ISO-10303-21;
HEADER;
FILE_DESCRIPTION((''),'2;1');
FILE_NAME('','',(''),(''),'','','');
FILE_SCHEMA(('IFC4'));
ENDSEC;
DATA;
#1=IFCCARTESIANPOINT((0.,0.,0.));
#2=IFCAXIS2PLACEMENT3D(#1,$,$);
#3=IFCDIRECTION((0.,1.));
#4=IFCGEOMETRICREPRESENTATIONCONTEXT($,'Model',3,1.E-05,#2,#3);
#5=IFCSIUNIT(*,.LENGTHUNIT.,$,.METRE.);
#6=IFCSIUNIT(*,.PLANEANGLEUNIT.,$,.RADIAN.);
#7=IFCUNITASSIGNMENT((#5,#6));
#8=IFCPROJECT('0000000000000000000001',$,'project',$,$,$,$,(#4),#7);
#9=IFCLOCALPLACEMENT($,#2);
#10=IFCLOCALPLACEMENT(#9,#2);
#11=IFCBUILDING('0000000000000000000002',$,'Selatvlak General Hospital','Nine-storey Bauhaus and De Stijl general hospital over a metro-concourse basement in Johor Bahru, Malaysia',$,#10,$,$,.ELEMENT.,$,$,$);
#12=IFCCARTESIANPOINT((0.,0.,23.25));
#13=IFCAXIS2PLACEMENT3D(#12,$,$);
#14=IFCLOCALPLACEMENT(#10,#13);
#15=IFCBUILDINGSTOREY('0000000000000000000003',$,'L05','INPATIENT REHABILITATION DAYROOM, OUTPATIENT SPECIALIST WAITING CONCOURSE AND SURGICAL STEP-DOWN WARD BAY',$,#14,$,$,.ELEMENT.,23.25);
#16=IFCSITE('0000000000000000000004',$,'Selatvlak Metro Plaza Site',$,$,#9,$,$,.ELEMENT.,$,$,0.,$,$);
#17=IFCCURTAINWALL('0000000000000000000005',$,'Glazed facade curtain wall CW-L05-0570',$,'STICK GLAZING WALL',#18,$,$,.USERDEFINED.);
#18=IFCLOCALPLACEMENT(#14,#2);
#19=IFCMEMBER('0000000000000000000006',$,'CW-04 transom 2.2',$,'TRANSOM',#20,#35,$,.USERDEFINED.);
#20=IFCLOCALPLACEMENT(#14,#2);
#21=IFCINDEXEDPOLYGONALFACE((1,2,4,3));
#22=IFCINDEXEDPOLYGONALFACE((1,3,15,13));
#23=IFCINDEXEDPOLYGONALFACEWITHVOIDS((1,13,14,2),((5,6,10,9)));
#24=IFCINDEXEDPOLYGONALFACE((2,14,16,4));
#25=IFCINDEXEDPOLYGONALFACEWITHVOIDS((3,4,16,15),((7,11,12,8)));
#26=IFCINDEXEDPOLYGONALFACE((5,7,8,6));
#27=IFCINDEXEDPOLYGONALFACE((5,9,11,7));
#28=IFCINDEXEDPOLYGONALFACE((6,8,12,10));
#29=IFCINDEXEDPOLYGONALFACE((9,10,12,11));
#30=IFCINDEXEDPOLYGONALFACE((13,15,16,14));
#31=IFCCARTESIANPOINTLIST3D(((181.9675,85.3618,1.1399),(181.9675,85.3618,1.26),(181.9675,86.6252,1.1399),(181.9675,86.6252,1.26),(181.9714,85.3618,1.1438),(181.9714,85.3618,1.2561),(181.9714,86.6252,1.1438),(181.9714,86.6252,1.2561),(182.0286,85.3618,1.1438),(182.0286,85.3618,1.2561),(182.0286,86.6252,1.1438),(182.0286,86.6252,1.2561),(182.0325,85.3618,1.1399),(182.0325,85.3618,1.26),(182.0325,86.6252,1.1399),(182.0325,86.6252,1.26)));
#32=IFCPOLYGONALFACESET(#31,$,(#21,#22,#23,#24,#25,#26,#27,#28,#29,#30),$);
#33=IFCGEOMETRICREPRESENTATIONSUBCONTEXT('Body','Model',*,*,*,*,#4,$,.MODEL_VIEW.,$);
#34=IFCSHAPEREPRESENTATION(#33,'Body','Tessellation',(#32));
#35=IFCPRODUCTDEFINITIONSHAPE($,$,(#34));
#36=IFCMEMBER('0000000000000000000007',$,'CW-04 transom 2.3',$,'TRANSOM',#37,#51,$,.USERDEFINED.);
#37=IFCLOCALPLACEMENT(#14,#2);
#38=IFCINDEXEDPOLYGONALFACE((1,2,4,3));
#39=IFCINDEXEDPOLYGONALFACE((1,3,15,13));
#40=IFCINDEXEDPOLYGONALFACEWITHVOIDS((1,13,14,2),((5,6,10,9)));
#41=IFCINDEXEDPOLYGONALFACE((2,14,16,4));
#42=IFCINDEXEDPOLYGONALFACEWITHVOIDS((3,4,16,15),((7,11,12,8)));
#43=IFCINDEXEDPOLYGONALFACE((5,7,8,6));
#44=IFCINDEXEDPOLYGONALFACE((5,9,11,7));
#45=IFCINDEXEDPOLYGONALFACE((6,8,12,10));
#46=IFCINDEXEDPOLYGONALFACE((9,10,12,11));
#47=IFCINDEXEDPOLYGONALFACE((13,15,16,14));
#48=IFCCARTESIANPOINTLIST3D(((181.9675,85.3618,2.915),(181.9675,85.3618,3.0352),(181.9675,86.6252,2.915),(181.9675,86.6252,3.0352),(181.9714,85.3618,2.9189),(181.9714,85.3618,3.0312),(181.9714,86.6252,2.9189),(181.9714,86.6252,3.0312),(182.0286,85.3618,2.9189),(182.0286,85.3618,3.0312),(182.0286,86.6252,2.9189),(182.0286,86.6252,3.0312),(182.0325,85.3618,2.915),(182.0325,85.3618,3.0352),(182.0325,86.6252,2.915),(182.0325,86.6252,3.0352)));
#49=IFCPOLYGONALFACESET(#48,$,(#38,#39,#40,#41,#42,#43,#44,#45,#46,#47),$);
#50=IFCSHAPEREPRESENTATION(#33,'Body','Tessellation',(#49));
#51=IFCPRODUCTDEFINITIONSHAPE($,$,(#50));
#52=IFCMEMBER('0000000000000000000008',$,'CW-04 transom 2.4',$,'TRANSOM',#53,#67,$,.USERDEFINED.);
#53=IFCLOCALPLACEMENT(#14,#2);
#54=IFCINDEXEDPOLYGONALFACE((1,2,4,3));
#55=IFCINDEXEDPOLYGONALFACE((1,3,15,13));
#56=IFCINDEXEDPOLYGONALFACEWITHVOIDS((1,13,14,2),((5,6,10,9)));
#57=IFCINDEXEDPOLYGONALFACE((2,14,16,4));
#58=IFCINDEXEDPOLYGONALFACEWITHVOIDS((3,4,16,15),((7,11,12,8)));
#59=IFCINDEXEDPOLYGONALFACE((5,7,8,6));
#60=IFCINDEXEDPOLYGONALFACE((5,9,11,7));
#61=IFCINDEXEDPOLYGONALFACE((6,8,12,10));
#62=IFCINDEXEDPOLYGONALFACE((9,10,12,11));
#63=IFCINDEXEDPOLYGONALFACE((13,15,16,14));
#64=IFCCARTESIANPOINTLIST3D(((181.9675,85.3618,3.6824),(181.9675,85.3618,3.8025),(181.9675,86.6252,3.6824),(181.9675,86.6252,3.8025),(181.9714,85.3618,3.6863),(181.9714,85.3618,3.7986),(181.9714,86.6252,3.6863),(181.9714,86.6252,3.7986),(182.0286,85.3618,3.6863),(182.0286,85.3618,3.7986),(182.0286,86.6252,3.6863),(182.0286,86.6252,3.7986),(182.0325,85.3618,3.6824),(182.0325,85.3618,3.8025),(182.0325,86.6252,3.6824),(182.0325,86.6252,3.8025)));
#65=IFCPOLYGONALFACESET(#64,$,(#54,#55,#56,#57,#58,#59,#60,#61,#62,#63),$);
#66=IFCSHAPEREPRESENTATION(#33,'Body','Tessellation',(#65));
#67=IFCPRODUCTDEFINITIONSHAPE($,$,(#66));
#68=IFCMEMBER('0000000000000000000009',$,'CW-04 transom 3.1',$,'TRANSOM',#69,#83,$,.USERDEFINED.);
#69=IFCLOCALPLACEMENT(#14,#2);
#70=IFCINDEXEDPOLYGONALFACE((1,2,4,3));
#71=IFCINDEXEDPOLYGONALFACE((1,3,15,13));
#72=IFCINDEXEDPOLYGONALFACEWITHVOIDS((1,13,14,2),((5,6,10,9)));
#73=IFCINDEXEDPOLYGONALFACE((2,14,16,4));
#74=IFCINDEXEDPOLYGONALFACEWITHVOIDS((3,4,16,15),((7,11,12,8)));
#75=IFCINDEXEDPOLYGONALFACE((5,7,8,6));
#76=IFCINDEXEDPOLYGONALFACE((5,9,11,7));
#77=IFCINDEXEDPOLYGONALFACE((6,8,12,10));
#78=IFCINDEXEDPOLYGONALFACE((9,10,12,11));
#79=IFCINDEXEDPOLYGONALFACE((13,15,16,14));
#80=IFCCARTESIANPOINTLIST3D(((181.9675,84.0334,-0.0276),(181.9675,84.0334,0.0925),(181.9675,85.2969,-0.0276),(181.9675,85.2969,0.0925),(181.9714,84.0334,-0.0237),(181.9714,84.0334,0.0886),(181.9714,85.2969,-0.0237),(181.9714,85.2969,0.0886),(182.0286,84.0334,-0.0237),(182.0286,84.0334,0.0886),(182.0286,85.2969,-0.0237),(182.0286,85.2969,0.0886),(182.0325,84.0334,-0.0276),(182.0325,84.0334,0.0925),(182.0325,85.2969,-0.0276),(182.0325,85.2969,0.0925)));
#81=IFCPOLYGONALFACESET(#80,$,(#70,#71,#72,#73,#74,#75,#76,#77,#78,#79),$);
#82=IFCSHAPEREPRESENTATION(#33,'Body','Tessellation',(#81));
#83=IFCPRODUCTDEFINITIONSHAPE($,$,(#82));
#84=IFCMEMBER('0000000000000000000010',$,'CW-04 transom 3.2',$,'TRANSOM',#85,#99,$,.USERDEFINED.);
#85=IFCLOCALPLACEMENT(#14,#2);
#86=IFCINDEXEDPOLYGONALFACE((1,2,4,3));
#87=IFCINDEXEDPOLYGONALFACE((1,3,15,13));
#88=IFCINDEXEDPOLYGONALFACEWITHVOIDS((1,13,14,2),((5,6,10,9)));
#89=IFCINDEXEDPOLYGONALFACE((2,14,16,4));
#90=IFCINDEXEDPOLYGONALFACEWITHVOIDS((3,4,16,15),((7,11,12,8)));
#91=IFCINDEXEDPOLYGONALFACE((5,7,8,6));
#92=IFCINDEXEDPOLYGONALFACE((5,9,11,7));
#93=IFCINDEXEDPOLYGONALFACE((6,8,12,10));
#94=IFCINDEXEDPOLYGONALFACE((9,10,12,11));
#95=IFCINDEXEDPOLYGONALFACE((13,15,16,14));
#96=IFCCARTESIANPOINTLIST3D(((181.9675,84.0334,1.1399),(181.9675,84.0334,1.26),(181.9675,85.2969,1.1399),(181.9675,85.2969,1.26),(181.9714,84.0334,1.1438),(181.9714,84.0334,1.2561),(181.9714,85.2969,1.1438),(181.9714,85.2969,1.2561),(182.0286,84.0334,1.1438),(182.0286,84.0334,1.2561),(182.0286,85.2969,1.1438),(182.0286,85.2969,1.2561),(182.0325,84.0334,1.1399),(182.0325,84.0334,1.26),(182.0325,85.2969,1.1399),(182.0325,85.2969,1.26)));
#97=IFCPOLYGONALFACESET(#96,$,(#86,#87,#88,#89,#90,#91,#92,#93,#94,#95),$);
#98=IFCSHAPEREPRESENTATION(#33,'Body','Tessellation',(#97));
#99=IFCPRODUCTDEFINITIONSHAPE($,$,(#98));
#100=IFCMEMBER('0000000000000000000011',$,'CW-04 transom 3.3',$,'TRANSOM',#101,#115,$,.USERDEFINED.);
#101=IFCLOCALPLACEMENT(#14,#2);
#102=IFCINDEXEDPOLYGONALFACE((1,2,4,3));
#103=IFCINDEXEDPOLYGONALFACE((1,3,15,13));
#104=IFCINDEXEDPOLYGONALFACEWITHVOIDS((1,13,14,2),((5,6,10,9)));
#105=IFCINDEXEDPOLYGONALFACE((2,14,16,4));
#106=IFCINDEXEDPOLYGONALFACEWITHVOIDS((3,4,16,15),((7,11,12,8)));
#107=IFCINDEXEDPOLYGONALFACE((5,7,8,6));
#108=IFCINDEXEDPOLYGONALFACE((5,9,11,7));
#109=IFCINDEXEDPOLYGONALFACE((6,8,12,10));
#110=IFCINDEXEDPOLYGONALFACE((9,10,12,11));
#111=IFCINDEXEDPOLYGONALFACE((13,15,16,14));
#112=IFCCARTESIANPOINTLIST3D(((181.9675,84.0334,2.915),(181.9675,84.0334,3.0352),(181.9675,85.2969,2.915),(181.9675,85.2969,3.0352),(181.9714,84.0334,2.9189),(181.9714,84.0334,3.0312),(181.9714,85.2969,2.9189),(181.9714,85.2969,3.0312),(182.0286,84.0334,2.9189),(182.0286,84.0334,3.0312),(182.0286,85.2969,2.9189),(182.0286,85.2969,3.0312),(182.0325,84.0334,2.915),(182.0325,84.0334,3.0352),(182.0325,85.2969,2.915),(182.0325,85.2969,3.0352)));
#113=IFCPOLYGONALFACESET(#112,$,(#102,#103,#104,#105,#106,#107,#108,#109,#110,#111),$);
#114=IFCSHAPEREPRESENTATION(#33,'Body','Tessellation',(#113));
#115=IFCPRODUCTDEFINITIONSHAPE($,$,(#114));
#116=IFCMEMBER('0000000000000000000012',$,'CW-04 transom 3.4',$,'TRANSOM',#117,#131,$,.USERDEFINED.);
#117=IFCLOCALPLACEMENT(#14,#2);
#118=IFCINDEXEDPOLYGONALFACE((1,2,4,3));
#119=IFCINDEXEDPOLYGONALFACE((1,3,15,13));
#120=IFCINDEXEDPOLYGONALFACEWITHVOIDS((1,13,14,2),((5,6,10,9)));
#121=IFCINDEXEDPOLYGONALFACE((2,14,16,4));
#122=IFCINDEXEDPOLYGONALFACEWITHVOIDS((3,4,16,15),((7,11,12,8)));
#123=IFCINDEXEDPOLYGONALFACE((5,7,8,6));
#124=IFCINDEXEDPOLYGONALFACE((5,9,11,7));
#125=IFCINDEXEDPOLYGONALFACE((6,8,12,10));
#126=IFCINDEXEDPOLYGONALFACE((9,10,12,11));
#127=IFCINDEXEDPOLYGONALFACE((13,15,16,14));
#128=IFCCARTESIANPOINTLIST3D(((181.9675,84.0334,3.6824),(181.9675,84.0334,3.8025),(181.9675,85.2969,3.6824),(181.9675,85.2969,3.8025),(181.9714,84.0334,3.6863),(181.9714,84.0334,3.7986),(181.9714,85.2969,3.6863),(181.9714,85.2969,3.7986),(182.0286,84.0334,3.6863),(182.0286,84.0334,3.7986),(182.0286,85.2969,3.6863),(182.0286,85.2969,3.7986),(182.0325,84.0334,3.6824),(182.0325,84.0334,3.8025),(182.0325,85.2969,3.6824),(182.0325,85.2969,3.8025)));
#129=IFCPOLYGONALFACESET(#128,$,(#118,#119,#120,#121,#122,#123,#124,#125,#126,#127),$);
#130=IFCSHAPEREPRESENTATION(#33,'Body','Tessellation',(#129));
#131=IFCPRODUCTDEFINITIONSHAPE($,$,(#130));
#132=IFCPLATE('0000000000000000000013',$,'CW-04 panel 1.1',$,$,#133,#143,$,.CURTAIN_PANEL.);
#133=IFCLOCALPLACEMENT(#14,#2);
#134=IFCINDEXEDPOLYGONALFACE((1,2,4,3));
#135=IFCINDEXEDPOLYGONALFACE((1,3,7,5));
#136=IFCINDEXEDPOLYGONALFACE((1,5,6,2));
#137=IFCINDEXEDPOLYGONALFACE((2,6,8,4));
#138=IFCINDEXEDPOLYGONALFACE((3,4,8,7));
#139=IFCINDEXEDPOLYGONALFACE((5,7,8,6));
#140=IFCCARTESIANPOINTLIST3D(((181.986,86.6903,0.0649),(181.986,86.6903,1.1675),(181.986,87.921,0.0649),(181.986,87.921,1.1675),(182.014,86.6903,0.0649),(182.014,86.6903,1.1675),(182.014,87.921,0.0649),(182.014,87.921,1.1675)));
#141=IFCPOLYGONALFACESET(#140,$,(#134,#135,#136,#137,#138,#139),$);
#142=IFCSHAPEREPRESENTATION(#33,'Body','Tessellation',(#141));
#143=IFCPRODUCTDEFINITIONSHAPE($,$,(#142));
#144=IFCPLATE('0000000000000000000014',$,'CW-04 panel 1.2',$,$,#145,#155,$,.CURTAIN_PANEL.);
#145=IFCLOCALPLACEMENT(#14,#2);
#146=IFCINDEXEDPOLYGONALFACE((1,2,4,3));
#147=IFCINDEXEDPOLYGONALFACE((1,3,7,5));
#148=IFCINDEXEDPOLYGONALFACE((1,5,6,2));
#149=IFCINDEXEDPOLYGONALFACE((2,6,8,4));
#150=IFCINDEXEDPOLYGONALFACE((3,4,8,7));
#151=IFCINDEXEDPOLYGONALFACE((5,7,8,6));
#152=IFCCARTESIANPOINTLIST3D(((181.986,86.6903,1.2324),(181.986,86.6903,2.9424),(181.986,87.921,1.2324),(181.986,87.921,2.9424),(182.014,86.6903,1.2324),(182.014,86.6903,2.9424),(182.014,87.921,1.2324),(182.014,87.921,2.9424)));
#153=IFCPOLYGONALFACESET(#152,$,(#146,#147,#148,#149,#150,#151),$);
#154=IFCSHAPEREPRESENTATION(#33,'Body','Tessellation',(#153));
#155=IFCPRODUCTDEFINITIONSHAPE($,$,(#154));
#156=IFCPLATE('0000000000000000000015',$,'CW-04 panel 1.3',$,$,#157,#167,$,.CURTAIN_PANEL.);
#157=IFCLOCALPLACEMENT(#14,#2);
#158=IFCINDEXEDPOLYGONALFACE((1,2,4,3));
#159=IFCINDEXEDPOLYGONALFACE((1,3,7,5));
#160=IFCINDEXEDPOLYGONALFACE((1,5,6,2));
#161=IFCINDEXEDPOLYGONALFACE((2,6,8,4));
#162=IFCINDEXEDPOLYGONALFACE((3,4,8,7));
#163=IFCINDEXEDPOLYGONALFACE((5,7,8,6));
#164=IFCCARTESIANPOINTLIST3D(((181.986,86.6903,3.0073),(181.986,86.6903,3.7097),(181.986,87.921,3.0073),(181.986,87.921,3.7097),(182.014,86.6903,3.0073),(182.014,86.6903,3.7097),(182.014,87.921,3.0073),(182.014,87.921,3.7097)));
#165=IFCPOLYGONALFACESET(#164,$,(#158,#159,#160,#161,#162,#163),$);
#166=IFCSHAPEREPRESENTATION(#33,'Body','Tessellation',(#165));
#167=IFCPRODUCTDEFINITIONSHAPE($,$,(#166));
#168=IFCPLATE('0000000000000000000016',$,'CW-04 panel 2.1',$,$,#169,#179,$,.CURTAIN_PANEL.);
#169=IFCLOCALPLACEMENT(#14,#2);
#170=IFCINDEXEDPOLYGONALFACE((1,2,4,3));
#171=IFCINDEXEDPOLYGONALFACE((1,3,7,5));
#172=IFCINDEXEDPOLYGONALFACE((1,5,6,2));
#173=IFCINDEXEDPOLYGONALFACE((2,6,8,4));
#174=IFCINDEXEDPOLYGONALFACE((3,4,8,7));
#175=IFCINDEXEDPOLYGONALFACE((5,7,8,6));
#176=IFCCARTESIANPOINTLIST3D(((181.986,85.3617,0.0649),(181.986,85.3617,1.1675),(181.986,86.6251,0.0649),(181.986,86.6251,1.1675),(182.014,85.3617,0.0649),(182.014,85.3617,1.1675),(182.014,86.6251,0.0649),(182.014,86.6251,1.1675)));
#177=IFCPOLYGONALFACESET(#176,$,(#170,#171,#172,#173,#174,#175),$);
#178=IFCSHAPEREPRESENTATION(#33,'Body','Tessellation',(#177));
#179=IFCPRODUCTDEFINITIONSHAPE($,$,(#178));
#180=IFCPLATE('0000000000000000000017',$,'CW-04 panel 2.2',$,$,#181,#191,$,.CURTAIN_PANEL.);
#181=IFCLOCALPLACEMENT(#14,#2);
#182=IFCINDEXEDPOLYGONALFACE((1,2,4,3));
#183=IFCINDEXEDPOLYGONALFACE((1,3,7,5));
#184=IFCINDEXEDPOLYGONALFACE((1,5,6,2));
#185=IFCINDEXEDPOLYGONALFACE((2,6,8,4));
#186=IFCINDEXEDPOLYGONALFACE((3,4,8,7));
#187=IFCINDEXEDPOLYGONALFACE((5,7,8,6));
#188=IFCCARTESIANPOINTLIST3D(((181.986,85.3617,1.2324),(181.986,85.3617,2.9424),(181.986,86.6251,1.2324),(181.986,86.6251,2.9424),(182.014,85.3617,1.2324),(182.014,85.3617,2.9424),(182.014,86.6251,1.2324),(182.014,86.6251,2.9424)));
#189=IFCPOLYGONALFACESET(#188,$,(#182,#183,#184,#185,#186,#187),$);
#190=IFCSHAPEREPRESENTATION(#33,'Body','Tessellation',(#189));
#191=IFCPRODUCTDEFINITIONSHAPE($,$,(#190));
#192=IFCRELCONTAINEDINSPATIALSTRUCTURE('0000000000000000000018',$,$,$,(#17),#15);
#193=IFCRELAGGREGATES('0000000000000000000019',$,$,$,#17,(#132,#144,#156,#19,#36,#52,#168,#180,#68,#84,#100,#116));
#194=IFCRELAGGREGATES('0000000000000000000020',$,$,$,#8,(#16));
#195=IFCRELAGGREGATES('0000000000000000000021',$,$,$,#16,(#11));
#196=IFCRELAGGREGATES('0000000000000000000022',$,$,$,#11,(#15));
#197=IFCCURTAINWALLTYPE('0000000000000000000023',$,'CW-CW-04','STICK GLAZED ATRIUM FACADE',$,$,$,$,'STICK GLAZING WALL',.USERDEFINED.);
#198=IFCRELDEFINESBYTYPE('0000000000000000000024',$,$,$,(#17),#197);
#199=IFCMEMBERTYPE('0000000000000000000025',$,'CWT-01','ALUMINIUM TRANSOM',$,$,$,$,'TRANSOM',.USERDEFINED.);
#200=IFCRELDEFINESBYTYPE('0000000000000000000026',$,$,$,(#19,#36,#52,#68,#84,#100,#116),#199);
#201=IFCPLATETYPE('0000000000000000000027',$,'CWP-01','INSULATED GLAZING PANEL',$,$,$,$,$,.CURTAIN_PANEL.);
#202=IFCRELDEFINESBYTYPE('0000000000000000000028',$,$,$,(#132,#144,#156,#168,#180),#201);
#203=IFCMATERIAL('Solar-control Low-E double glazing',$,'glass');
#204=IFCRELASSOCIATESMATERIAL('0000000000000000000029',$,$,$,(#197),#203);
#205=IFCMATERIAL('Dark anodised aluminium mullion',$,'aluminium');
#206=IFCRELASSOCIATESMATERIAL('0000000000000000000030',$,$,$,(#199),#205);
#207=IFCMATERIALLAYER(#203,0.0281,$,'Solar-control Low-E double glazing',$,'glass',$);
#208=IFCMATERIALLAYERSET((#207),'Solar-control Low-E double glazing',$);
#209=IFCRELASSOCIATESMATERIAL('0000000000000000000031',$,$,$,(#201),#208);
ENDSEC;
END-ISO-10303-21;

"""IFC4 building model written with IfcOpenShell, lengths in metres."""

from ifc_helpers import new_model, si_unit, direction, frame, origin, origin_2d, place, context, subcontext, project, spatial, rectangle, hollow_rectangle, extrude, material, layer, layer_set, material_profile, profile_set, type_object, element, aggregate, save


model = new_model("IFC4")

# Units and contexts
model_context = context("Model", 3, precision=1e-05, world=origin(), true_north=direction((0.0, 1.0)))
body_context = subcontext(model_context, "Body", "Model", "MODEL_VIEW")
ifc_project = project(units=[si_unit("LENGTHUNIT", "METRE"), si_unit("PLANEANGLEUNIT", "RADIAN")], contexts=[model_context])

# Site, building, storey
site_placement = place(None, origin())
site = spatial("IfcSite", under=ifc_project, at=site_placement, Name="Selatvlak Metro Plaza Site", CompositionType="ELEMENT", RefElevation=0.0)
building_placement = place(site_placement, origin())
building = spatial("IfcBuilding", under=site, at=building_placement, Name="Selatvlak General Hospital", Description="Nine-storey Bauhaus and De Stijl general hospital over a metro-concourse basement in Johor Bahru, Malaysia", CompositionType="ELEMENT")
storey_placement = place(building_placement, frame((0.0, 0.0, 23.25)))
storey = spatial("IfcBuildingStorey", under=building, at=storey_placement, Name="L05", Description="INPATIENT REHABILITATION DAYROOM, OUTPATIENT SPECIALIST WAITING CONCOURSE AND SURGICAL STEP-DOWN WARD BAY", CompositionType="ELEMENT", Elevation=23.25)

# Shared definitions
ifc_material_1 = material(Name="Solar-control Low-E double glazing", Category="glass")
ifc_material_2 = material(Name="Dark anodised aluminium mullion", Category="aluminium")

# Curtain wall, members, plates
curtain_wall_type_1 = type_object("IfcCurtainWallType", Name="CW-CW-04", Description="STICK GLAZED ATRIUM FACADE", ElementType="STICK GLAZING WALL", PredefinedType="USERDEFINED", material=ifc_material_1)
curtain_wall_1_placement = place(storey_placement, origin())
curtain_wall_1 = element("IfcCurtainWall", 1, at=curtain_wall_1_placement, inside=storey, type_object=curtain_wall_type_1, Name="Glazed facade curtain wall CW-L05-0570", ObjectType="STICK GLAZING WALL", PredefinedType="USERDEFINED")
ifc_material_profile_1 = material_profile(ifc_material_2, hollow_rectangle(XDim=0.0649, YDim=0.1201, WallThickness=0.0039, at=origin_2d()), Name="AL-TRN 65x120x4")
ifc_profile_set_1 = profile_set([ifc_material_profile_1], Name="Dark anodised aluminium mullion")
member_type_1 = type_object("IfcMemberType", Name="CWT-01", Description="ALUMINIUM TRANSOM", ElementType="TRANSOM", PredefinedType="USERDEFINED", material=ifc_profile_set_1)
member_1_placement = place(storey_placement, frame((182.0, 86.6252, 1.2), z_axis=(0.0, -1.0, 0.0), x_axis=(1.0, 0.0, 0.0)))
member_1 = element("IfcMember", 2, at=member_1_placement, type_object=member_type_1, Name="CW-04 transom 2.2", ObjectType="TRANSOM", PredefinedType="USERDEFINED", context=body_context, shape_type="SweptSolid", body=[
    extrude(hollow_rectangle(XDim=0.0649, YDim=0.1201, WallThickness=0.0039, at=origin_2d()), origin(), (0.0, 0.0, 1.0), 1.2634),
])
member_2_placement = place(storey_placement, frame((182.0, 86.6252, 2.9751), z_axis=(0.0, -1.0, 0.0), x_axis=(1.0, 0.0, 0.0)))
member_2 = element("IfcMember", 3, at=member_2_placement, type_object=member_type_1, Name="CW-04 transom 2.3", ObjectType="TRANSOM", PredefinedType="USERDEFINED", context=body_context, shape_type="SweptSolid", body=[
    extrude(hollow_rectangle(XDim=0.0649, YDim=0.1201, WallThickness=0.0039, at=origin_2d()), origin(), (0.0, 0.0, 1.0), 1.2634),
])
member_3_placement = place(storey_placement, frame((182.0, 86.6252, 3.7424), z_axis=(0.0, -1.0, 0.0), x_axis=(1.0, 0.0, 0.0)))
member_3 = element("IfcMember", 4, at=member_3_placement, type_object=member_type_1, Name="CW-04 transom 2.4", ObjectType="TRANSOM", PredefinedType="USERDEFINED", context=body_context, shape_type="SweptSolid", body=[
    extrude(hollow_rectangle(XDim=0.0649, YDim=0.1201, WallThickness=0.0039, at=origin_2d()), origin(), (0.0, 0.0, 1.0), 1.2634),
])
member_4_placement = place(storey_placement, frame((182.0, 85.2969, 0.0325), z_axis=(0.0, -1.0, 0.0), x_axis=(1.0, 0.0, 0.0)))
member_4 = element("IfcMember", 5, at=member_4_placement, type_object=member_type_1, Name="CW-04 transom 3.1", ObjectType="TRANSOM", PredefinedType="USERDEFINED", context=body_context, shape_type="SweptSolid", body=[
    extrude(hollow_rectangle(XDim=0.0649, YDim=0.1201, WallThickness=0.0039, at=origin_2d()), origin(), (0.0, 0.0, 1.0), 1.2634),
])
member_5_placement = place(storey_placement, frame((182.0, 85.2969, 1.2), z_axis=(0.0, -1.0, 0.0), x_axis=(1.0, 0.0, 0.0)))
member_5 = element("IfcMember", 6, at=member_5_placement, type_object=member_type_1, Name="CW-04 transom 3.2", ObjectType="TRANSOM", PredefinedType="USERDEFINED", context=body_context, shape_type="SweptSolid", body=[
    extrude(hollow_rectangle(XDim=0.0649, YDim=0.1201, WallThickness=0.0039, at=origin_2d()), origin(), (0.0, 0.0, 1.0), 1.2634),
])
member_6_placement = place(storey_placement, frame((182.0, 85.2969, 2.9751), z_axis=(0.0, -1.0, 0.0), x_axis=(1.0, 0.0, 0.0)))
member_6 = element("IfcMember", 7, at=member_6_placement, type_object=member_type_1, Name="CW-04 transom 3.3", ObjectType="TRANSOM", PredefinedType="USERDEFINED", context=body_context, shape_type="SweptSolid", body=[
    extrude(hollow_rectangle(XDim=0.0649, YDim=0.1201, WallThickness=0.0039, at=origin_2d()), origin(), (0.0, 0.0, 1.0), 1.2634),
])
member_7_placement = place(storey_placement, frame((182.0, 85.2969, 3.7424), z_axis=(0.0, -1.0, 0.0), x_axis=(1.0, 0.0, 0.0)))
member_7 = element("IfcMember", 8, at=member_7_placement, type_object=member_type_1, Name="CW-04 transom 3.4", ObjectType="TRANSOM", PredefinedType="USERDEFINED", context=body_context, shape_type="SweptSolid", body=[
    extrude(hollow_rectangle(XDim=0.0649, YDim=0.1201, WallThickness=0.0039, at=origin_2d()), origin(), (0.0, 0.0, 1.0), 1.2634),
])
ifc_layer_1 = layer(ifc_material_1, 0.0281, Name="Solar-control Low-E double glazing", Category="glass")
ifc_layer_set_1 = layer_set([ifc_layer_1], Name="Solar-control Low-E double glazing")
plate_type = type_object("IfcPlateType", Name="CWP-01", Description="INSULATED GLAZING PANEL", PredefinedType="CURTAIN_PANEL", material=ifc_layer_set_1)
plate_1_placement = place(storey_placement, frame((182.0, 87.3057, 0.0649), z_axis=(0.0, 0.0, 1.0), x_axis=(0.0, -1.0, 0.0)))
plate_1 = element("IfcPlate", 9, at=plate_1_placement, type_object=plate_type, Name="CW-04 panel 1.1", PredefinedType="CURTAIN_PANEL", context=body_context, shape_type="SweptSolid", body=[
    extrude(rectangle(XDim=1.2307, YDim=0.0281, at=origin_2d()), origin(), (0.0, 0.0, 1.0), 1.1025),
])
plate_2_placement = place(storey_placement, frame((182.0, 87.3057, 1.2324), z_axis=(0.0, 0.0, 1.0), x_axis=(0.0, -1.0, 0.0)))
plate_2 = element("IfcPlate", 10, at=plate_2_placement, type_object=plate_type, Name="CW-04 panel 1.2", PredefinedType="CURTAIN_PANEL", context=body_context, shape_type="SweptSolid", body=[
    extrude(rectangle(XDim=1.2307, YDim=0.0281, at=origin_2d()), origin(), (0.0, 0.0, 1.0), 1.71),
])
plate_3_placement = place(storey_placement, frame((182.0, 87.3057, 3.0073), z_axis=(0.0, 0.0, 1.0), x_axis=(0.0, -1.0, 0.0)))
plate_3 = element("IfcPlate", 11, at=plate_3_placement, type_object=plate_type, Name="CW-04 panel 1.3", PredefinedType="CURTAIN_PANEL", context=body_context, shape_type="SweptSolid", body=[
    extrude(rectangle(XDim=1.2307, YDim=0.0281, at=origin_2d()), origin(), (0.0, 0.0, 1.0), 0.7024),
])
plate_4_placement = place(storey_placement, frame((182.0, 85.9934, 0.0649), z_axis=(0.0, 0.0, 1.0), x_axis=(0.0, -1.0, 0.0)))
plate_4 = element("IfcPlate", 12, at=plate_4_placement, type_object=plate_type, Name="CW-04 panel 2.1", PredefinedType="CURTAIN_PANEL", context=body_context, shape_type="SweptSolid", body=[
    extrude(rectangle(XDim=1.2634, YDim=0.0281, at=origin_2d()), origin(), (0.0, 0.0, 1.0), 1.1025),
])
plate_5_placement = place(storey_placement, frame((182.0, 85.9934, 1.2324), z_axis=(0.0, 0.0, 1.0), x_axis=(0.0, -1.0, 0.0)))
plate_5 = element("IfcPlate", 13, at=plate_5_placement, type_object=plate_type, Name="CW-04 panel 2.2", PredefinedType="CURTAIN_PANEL", context=body_context, shape_type="SweptSolid", body=[
    extrude(rectangle(XDim=1.2634, YDim=0.0281, at=origin_2d()), origin(), (0.0, 0.0, 1.0), 1.71),
])
aggregate(curtain_wall_1, [plate_1, plate_2, plate_3, member_1, member_2, member_3, plate_4, plate_5, member_4, member_5, member_6, member_7])

save(model, "model.ifc")
